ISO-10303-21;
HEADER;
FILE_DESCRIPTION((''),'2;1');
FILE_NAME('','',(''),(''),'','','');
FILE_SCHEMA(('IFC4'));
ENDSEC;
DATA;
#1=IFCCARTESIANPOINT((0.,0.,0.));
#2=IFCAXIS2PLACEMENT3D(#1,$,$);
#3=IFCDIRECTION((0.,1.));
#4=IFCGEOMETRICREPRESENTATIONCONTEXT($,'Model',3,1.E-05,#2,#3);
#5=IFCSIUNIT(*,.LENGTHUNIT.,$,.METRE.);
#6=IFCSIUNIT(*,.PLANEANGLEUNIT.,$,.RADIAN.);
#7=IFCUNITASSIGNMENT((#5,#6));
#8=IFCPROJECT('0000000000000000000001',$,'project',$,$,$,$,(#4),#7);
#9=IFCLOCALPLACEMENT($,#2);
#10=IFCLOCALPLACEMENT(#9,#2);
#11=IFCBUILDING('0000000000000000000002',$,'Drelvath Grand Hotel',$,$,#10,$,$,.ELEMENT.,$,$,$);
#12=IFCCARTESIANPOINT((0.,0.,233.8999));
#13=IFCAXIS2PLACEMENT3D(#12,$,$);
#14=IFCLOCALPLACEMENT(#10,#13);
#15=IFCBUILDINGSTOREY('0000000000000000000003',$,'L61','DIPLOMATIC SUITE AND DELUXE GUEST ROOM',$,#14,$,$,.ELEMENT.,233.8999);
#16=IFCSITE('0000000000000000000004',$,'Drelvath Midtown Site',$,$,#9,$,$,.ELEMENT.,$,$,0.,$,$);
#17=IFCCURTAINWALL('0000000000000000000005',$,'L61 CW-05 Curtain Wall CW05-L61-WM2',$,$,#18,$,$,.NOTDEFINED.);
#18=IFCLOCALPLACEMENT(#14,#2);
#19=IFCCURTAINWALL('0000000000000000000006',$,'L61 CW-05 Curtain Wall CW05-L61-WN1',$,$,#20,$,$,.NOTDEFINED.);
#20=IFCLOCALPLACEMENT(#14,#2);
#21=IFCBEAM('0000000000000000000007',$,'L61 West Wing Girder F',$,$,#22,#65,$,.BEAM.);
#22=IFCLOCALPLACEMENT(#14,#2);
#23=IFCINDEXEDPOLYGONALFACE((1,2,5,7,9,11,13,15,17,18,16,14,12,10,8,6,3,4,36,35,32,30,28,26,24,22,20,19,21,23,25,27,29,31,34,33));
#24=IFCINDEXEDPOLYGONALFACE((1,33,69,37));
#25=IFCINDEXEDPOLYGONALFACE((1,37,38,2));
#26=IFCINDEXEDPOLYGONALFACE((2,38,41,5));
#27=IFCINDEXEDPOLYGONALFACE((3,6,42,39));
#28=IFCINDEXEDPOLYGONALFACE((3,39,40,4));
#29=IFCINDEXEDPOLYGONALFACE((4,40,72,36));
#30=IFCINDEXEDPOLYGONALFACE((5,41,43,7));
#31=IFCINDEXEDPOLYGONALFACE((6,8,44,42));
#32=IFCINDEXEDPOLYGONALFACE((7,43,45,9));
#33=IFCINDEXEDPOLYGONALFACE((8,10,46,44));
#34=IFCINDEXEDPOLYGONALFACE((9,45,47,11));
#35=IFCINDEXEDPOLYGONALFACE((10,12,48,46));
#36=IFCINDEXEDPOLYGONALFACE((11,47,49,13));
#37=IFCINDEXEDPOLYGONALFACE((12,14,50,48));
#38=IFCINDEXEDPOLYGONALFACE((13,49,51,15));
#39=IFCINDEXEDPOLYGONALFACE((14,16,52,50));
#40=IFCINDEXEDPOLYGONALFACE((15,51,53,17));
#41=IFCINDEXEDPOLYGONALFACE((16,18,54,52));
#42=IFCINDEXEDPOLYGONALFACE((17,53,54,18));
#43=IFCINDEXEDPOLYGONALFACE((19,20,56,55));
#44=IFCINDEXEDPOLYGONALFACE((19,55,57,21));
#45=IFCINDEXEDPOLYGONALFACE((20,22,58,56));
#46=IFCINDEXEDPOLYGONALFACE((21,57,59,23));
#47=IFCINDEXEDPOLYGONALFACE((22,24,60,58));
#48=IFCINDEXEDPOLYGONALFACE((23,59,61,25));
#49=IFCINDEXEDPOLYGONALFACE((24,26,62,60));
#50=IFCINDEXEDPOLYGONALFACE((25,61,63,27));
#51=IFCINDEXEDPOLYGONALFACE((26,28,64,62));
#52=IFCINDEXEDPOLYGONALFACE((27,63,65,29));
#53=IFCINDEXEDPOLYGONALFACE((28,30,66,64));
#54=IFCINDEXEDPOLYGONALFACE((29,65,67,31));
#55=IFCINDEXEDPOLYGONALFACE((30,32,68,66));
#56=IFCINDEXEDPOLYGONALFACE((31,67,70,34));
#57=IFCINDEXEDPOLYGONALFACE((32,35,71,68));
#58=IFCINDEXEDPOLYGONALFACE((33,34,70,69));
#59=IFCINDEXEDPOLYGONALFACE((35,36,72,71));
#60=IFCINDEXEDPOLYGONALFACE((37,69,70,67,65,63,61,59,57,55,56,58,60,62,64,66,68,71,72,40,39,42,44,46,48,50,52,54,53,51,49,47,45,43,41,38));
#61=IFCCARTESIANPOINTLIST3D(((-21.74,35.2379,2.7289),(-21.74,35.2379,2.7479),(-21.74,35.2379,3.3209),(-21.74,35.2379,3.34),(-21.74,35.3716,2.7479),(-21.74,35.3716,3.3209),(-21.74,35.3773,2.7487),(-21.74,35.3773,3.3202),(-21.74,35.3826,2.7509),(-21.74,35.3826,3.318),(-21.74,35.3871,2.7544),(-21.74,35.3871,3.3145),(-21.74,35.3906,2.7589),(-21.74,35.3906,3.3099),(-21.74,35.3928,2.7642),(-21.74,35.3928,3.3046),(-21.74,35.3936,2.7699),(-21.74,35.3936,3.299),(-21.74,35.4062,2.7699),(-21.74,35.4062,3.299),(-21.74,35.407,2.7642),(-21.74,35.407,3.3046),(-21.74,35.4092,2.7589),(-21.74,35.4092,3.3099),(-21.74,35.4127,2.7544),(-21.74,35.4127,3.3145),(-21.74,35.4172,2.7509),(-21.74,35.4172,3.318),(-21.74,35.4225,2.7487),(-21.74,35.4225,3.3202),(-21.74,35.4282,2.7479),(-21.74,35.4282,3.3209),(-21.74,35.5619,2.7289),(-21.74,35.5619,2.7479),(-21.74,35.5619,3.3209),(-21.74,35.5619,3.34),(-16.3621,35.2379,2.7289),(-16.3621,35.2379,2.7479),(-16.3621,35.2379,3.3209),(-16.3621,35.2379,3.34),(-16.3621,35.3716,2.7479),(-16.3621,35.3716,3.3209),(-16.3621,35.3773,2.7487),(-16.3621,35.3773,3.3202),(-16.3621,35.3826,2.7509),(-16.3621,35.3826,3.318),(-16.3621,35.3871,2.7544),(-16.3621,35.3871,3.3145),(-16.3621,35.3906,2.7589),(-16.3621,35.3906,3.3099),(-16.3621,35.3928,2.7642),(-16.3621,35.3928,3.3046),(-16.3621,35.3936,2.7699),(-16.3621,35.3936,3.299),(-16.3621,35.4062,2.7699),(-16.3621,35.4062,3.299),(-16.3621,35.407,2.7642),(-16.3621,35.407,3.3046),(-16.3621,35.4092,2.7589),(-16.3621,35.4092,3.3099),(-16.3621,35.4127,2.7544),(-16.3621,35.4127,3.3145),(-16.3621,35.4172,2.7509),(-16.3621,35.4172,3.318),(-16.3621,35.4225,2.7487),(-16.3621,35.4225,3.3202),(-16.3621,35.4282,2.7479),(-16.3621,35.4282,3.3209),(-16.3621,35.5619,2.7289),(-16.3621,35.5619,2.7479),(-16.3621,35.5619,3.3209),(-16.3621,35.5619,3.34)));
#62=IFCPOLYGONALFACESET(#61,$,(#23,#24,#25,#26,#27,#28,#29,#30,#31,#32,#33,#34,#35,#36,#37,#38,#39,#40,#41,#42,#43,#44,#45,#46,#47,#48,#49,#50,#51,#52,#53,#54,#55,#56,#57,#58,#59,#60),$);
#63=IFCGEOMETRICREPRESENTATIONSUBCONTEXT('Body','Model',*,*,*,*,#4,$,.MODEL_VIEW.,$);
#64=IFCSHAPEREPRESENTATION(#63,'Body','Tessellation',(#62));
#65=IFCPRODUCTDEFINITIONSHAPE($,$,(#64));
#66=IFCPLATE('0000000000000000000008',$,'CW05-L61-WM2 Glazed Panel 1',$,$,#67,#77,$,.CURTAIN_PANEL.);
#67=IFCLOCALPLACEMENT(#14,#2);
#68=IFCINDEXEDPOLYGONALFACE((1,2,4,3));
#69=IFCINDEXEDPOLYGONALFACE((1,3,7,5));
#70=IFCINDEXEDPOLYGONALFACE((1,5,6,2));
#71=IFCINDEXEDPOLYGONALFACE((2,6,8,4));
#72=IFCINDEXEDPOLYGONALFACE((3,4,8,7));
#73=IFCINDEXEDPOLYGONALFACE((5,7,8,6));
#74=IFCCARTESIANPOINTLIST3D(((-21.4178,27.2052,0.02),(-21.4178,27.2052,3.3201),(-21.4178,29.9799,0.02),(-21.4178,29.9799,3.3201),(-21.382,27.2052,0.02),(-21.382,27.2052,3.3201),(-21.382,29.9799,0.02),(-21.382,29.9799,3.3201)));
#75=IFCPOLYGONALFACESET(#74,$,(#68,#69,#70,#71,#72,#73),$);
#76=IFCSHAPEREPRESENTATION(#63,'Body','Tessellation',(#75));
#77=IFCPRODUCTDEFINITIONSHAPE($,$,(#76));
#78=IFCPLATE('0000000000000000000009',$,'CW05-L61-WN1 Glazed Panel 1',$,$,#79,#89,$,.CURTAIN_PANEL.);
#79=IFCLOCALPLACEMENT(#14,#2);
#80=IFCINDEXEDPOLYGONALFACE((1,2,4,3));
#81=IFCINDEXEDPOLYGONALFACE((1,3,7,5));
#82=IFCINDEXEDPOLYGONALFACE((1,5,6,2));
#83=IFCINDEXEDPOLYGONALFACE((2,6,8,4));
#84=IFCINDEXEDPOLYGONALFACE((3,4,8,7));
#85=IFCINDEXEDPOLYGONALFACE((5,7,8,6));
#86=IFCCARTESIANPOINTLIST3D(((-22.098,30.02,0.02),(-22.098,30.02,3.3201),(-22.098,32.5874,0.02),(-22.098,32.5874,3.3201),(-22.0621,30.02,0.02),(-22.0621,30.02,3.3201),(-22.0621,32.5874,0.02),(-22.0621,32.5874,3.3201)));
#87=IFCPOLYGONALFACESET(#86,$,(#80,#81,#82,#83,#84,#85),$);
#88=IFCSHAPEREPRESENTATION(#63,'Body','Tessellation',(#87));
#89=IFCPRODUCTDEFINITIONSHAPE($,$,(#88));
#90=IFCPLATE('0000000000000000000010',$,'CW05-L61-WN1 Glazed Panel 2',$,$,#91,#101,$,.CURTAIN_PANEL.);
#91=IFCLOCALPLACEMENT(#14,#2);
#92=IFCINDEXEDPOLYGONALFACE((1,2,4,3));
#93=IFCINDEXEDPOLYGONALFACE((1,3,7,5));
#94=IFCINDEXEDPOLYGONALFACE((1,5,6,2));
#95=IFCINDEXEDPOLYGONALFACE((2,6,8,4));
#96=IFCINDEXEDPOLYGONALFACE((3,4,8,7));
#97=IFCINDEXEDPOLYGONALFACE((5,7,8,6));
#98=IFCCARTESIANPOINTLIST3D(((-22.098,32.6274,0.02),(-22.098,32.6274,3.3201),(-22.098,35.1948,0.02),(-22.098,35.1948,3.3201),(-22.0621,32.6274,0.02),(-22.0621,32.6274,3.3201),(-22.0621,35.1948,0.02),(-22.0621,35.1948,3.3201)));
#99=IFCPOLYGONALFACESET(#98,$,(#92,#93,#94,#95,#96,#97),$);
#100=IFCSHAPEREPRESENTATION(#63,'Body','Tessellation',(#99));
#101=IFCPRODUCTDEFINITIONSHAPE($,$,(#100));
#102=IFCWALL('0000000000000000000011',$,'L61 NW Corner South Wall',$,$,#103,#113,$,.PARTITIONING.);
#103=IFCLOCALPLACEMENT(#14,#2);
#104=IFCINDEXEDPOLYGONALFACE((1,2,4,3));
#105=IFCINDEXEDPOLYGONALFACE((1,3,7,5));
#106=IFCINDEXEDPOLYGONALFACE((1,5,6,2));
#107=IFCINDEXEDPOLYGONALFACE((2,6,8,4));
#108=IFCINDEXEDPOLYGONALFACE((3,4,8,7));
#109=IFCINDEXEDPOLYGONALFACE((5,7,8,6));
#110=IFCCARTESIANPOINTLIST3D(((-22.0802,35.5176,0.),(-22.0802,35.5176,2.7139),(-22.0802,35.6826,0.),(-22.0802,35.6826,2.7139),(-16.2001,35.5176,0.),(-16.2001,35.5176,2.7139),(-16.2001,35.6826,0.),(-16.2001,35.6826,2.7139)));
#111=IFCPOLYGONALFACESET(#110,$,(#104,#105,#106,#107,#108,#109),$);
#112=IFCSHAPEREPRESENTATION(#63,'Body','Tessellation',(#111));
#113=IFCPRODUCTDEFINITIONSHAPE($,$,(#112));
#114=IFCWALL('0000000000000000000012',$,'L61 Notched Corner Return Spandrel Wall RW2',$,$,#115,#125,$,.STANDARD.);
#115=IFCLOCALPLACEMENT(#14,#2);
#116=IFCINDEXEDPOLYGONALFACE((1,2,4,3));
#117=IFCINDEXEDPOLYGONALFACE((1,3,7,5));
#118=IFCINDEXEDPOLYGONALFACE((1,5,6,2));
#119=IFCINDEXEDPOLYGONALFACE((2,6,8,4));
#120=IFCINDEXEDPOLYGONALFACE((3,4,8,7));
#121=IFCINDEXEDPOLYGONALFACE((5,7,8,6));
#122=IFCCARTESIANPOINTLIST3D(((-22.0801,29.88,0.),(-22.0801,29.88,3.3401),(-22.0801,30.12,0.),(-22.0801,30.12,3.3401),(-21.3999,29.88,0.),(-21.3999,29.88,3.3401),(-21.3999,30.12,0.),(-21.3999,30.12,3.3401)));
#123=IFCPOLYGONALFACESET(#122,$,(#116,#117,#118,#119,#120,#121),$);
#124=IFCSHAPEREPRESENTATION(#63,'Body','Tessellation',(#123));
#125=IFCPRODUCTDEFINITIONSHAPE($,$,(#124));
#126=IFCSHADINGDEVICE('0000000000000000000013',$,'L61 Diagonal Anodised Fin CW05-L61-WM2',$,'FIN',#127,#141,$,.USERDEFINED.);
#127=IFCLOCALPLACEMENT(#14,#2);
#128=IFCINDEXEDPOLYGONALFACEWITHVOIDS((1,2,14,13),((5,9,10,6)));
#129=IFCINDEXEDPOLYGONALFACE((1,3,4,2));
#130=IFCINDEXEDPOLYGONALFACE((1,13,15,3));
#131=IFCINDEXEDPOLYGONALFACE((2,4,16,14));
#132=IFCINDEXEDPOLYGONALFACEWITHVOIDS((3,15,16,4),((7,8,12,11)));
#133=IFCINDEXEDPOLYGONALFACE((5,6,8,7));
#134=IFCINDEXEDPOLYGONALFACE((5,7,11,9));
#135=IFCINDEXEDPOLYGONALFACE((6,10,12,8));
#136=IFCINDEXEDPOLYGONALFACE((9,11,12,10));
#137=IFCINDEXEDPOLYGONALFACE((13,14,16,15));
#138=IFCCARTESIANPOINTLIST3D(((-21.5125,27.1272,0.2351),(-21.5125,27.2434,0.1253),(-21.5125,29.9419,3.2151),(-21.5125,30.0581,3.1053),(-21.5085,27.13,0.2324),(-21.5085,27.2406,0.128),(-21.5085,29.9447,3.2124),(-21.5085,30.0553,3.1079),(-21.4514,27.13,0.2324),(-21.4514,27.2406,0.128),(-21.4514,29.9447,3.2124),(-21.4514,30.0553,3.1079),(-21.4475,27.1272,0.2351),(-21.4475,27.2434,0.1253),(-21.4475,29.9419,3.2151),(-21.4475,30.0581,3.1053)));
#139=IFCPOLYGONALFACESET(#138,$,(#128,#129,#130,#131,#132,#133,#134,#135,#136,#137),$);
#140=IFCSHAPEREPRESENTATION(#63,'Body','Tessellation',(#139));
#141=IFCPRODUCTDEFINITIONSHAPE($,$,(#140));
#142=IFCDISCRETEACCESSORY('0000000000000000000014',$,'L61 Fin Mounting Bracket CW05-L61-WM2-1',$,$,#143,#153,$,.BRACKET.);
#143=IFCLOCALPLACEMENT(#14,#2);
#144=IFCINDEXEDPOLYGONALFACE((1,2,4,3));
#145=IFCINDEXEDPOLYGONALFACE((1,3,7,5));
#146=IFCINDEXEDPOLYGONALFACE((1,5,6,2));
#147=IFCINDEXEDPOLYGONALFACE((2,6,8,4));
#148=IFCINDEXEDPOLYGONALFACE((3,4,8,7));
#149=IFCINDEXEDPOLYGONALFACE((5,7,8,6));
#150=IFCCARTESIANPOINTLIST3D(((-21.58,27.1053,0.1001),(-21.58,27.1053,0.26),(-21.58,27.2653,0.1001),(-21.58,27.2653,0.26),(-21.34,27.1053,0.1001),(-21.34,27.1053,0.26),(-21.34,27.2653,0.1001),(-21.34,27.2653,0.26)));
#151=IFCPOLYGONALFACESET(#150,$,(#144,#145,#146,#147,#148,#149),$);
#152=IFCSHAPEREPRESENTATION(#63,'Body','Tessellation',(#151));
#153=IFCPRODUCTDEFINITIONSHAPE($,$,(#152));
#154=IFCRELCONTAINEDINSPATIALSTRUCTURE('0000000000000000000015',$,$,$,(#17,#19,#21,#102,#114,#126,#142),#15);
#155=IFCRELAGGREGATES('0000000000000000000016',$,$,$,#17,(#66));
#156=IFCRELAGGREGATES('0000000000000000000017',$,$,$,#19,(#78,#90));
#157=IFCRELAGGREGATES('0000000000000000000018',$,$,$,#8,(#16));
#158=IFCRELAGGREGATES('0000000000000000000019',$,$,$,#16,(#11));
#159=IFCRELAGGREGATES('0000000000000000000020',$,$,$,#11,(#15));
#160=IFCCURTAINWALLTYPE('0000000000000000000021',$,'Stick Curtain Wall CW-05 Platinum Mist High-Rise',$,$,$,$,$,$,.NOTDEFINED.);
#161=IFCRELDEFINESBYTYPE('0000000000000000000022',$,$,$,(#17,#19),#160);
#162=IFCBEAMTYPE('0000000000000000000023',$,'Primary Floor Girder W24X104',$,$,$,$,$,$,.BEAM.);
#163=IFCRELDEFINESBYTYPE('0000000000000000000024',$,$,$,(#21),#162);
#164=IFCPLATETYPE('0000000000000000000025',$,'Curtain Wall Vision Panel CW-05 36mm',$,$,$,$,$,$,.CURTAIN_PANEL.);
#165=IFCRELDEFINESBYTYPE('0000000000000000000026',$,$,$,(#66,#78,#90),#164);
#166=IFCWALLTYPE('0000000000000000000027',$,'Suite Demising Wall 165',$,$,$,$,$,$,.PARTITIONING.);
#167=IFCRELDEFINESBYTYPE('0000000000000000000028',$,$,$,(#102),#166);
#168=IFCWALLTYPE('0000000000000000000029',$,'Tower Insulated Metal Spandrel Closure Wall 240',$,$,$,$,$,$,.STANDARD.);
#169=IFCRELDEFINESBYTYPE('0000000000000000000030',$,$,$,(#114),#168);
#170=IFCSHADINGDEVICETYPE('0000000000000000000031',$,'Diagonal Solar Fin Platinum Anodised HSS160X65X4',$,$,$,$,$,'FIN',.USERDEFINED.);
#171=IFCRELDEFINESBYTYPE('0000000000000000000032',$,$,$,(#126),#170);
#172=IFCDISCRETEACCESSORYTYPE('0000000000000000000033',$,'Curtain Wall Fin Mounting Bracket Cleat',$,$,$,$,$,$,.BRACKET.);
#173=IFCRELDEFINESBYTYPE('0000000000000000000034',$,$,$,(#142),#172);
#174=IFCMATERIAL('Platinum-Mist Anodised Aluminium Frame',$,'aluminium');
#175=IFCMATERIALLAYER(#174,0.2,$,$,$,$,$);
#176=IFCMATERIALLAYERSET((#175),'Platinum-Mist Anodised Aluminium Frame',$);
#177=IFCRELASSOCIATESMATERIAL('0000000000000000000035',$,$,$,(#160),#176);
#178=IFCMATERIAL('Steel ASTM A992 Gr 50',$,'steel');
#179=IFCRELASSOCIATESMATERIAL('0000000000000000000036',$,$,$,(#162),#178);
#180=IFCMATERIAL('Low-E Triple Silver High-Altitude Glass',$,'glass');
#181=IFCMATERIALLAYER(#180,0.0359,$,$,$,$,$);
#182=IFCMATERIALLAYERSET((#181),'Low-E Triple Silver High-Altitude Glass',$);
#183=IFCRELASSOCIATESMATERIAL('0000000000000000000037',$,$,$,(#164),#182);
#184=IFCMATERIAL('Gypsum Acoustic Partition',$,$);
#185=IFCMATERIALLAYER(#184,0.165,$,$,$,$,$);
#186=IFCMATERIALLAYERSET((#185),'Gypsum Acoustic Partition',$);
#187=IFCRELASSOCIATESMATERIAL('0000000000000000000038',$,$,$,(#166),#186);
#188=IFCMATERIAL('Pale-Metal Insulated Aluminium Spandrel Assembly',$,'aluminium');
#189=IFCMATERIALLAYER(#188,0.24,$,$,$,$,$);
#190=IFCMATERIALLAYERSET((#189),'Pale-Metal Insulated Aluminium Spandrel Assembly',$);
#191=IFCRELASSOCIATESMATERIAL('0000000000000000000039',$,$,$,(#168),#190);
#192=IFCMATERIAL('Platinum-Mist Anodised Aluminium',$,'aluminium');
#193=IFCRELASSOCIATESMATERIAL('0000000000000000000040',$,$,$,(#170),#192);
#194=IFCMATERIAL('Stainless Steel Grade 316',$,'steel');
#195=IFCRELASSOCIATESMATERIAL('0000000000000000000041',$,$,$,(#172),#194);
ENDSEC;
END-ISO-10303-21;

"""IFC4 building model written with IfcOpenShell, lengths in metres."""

from ifc_helpers import new_model, si_unit, direction, frame, frame_2d, origin, origin_2d, place, context, subcontext, project, spatial, rectangle, hollow_rectangle, i_section, extrude, material, layer, layer_set, material_profile, profile_set, type_object, element, aggregate, save


model = new_model("IFC4")

# Units and contexts
model_context = context("Model", 3, precision=1e-05, world=origin(), true_north=direction((0.0, 1.0)))
body_context = subcontext(model_context, "Body", "Model", "MODEL_VIEW")
ifc_project = project(units=[si_unit("LENGTHUNIT", "METRE"), si_unit("PLANEANGLEUNIT", "RADIAN")], contexts=[model_context])

# Site, building, storey
site_placement = place(None, origin())
site = spatial("IfcSite", under=ifc_project, at=site_placement, Name="Drelvath Midtown Site", CompositionType="ELEMENT", RefElevation=0.0)
building_placement = place(site_placement, origin())
building = spatial("IfcBuilding", under=site, at=building_placement, Name="Drelvath Grand Hotel", CompositionType="ELEMENT")
storey_placement = place(building_placement, frame((0.0, 0.0, 233.8999)))
storey = spatial("IfcBuildingStorey", under=building, at=storey_placement, Name="L61", Description="DIPLOMATIC SUITE AND DELUXE GUEST ROOM", CompositionType="ELEMENT", Elevation=233.8999)

# Curtain walls
ifc_material_1 = material(Name="Platinum-Mist Anodised Aluminium Frame", Category="aluminium")
ifc_layer_1 = layer(ifc_material_1, 0.2)
ifc_layer_set_1 = layer_set([ifc_layer_1], Name="Platinum-Mist Anodised Aluminium Frame")
curtain_wall_type = type_object("IfcCurtainWallType", Name="Stick Curtain Wall CW-05 Platinum Mist High-Rise", PredefinedType="NOTDEFINED", material=ifc_layer_set_1)
curtain_wall_1_placement = place(storey_placement, origin())
curtain_wall_1 = element("IfcCurtainWall", 1, at=curtain_wall_1_placement, inside=storey, type_object=curtain_wall_type, Name="L61 CW-05 Curtain Wall CW05-L61-WM2", PredefinedType="NOTDEFINED")
curtain_wall_2_placement = place(storey_placement, origin())
curtain_wall_2 = element("IfcCurtainWall", 2, at=curtain_wall_2_placement, inside=storey, type_object=curtain_wall_type, Name="L61 CW-05 Curtain Wall CW05-L61-WN1", PredefinedType="NOTDEFINED")

# Beam
ifc_material_2 = material(Name="Steel ASTM A992 Gr 50", Category="steel")
ifc_material_profile_1 = material_profile(ifc_material_2, i_section(OverallWidth=0.324, OverallDepth=0.6111, WebThickness=0.0127, FlangeThickness=0.019, FilletRadius=0.022, at=origin_2d()), Name="W24X104")
ifc_profile_set_1 = profile_set([ifc_material_profile_1], Name="Steel ASTM A992 Gr 50")
beam_type_1 = type_object("IfcBeamType", Name="Primary Floor Girder W24X104", PredefinedType="BEAM", material=ifc_profile_set_1)
beam_1_placement = place(storey_placement, frame((-21.74, 35.3999, 3.0344), z_axis=(1.0, 0.0, 0.0), x_axis=(0.0, 1.0, 0.0)))
element("IfcBeam", 3, at=beam_1_placement, inside=storey, type_object=beam_type_1, Name="L61 West Wing Girder F", PredefinedType="BEAM", context=body_context, shape_type="SweptSolid", body=[
    extrude(i_section(OverallWidth=0.324, OverallDepth=0.6111, WebThickness=0.0127, FlangeThickness=0.019, FilletRadius=0.022, at=origin_2d()), origin(), (0.0, 0.0, 1.0), 5.3779),
])

# Plates
ifc_material_3 = material(Name="Low-E Triple Silver High-Altitude Glass", Category="glass")
ifc_layer_2 = layer(ifc_material_3, 0.0359)
ifc_layer_set_2 = layer_set([ifc_layer_2], Name="Low-E Triple Silver High-Altitude Glass")
plate_type = type_object("IfcPlateType", Name="Curtain Wall Vision Panel CW-05 36mm", PredefinedType="CURTAIN_PANEL", material=ifc_layer_set_2)
plate_1_placement = place(storey_placement, frame((-21.3999, 28.5925, 0.02), z_axis=(0.0, 0.0, 1.0), x_axis=(0.0, 1.0, 0.0)))
plate_1 = element("IfcPlate", 4, at=plate_1_placement, type_object=plate_type, Name="CW05-L61-WM2 Glazed Panel 1", PredefinedType="CURTAIN_PANEL", context=body_context, shape_type="SweptSolid", body=[
    extrude(rectangle(XDim=2.7747, YDim=0.0359, at=origin_2d()), origin(), (0.0, 0.0, 1.0), 3.3),
])
aggregate(curtain_wall_1, [plate_1])
plate_2_placement = place(storey_placement, frame((-22.0801, 31.3037, 0.02), z_axis=(0.0, 0.0, 1.0), x_axis=(0.0, 1.0, 0.0)))
plate_2 = element("IfcPlate", 5, at=plate_2_placement, type_object=plate_type, Name="CW05-L61-WN1 Glazed Panel 1", PredefinedType="CURTAIN_PANEL", context=body_context, shape_type="SweptSolid", body=[
    extrude(rectangle(XDim=2.5674, YDim=0.0359, at=origin_2d()), origin(), (0.0, 0.0, 1.0), 3.3),
])
plate_3_placement = place(storey_placement, frame((-22.0801, 33.9111, 0.02), z_axis=(0.0, 0.0, 1.0), x_axis=(0.0, 1.0, 0.0)))
plate_3 = element("IfcPlate", 6, at=plate_3_placement, type_object=plate_type, Name="CW05-L61-WN1 Glazed Panel 2", PredefinedType="CURTAIN_PANEL", context=body_context, shape_type="SweptSolid", body=[
    extrude(rectangle(XDim=2.5674, YDim=0.0359, at=origin_2d()), origin(), (0.0, 0.0, 1.0), 3.3),
])
aggregate(curtain_wall_2, [plate_2, plate_3])

# Walls
ifc_material_4 = material(Name="Gypsum Acoustic Partition")
ifc_layer_3 = layer(ifc_material_4, 0.165)
ifc_layer_set_3 = layer_set([ifc_layer_3], Name="Gypsum Acoustic Partition")
wall_type_1 = type_object("IfcWallType", Name="Suite Demising Wall 165", PredefinedType="PARTITIONING", material=ifc_layer_set_3)
wall_1_placement = place(storey_placement, frame((-22.0801, 35.6001, 0.0), z_axis=(0.0, 0.0, 1.0), x_axis=(1.0, 0.0, 0.0)))
element("IfcWall", 7, at=wall_1_placement, inside=storey, type_object=wall_type_1, Name="L61 NW Corner South Wall", PredefinedType="PARTITIONING", context=body_context, shape_type="SweptSolid", body=[
    extrude(rectangle(XDim=5.8801, YDim=0.165, at=frame_2d((2.9399, 0.0))), origin(), (0.0, 0.0, 1.0), 2.7139),
])
ifc_material_5 = material(Name="Pale-Metal Insulated Aluminium Spandrel Assembly", Category="aluminium")
ifc_layer_4 = layer(ifc_material_5, 0.24)
ifc_layer_set_4 = layer_set([ifc_layer_4], Name="Pale-Metal Insulated Aluminium Spandrel Assembly")
wall_type_2 = type_object("IfcWallType", Name="Tower Insulated Metal Spandrel Closure Wall 240", PredefinedType="STANDARD", material=ifc_layer_set_4)
wall_2_placement = place(storey_placement, frame((-21.3999, 30.0, 0.0), z_axis=(0.0, 0.0, 1.0), x_axis=(-1.0, 0.0, 0.0)))
element("IfcWall", 8, at=wall_2_placement, inside=storey, type_object=wall_type_2, Name="L61 Notched Corner Return Spandrel Wall RW2", PredefinedType="STANDARD", context=body_context, shape_type="SweptSolid", body=[
    extrude(rectangle(XDim=0.6802, YDim=0.24, at=frame_2d((0.3401, 0.0))), origin(), (0.0, 0.0, 1.0), 3.3401),
])

# Shading device
ifc_material_6 = material(Name="Platinum-Mist Anodised Aluminium", Category="aluminium")
ifc_material_profile_2 = material_profile(ifc_material_6, hollow_rectangle(XDim=0.0649, YDim=0.1599, WallThickness=0.0039, at=origin_2d()), Name="HSS160X65X4")
ifc_profile_set_2 = profile_set([ifc_material_profile_2], Name="Platinum-Mist Anodised Aluminium")
shading_device_type = type_object("IfcShadingDeviceType", Name="Diagonal Solar Fin Platinum Anodised HSS160X65X4", ElementType="FIN", PredefinedType="USERDEFINED", material=ifc_profile_set_2)
shading_device_placement = place(storey_placement, frame((-21.48, 27.1853, 0.1802), z_axis=(0.0, 0.686659, 0.72698), x_axis=(-1.0, 0.0, 0.0)))
element("IfcShadingDevice", 9, at=shading_device_placement, inside=storey, type_object=shading_device_type, Name="L61 Diagonal Anodised Fin CW05-L61-WM2", ObjectType="FIN", PredefinedType="USERDEFINED", context=body_context, shape_type="SweptSolid", body=[
    extrude(hollow_rectangle(XDim=0.0649, YDim=0.1599, WallThickness=0.0039, at=origin_2d()), origin(), (0.0, 0.0, 1.0), 4.0991),
])

# Discrete accessory
ifc_material_7 = material(Name="Stainless Steel Grade 316", Category="steel")
discrete_accessory_type = type_object("IfcDiscreteAccessoryType", Name="Curtain Wall Fin Mounting Bracket Cleat", PredefinedType="BRACKET", material=ifc_material_7)
discrete_accessory_placement = place(storey_placement, frame((-21.46, 27.1853, 0.1001), z_axis=(0.0, 0.0, 1.0), x_axis=(0.0, 1.0, 0.0)))
element("IfcDiscreteAccessory", 10, at=discrete_accessory_placement, inside=storey, type_object=discrete_accessory_type, Name="L61 Fin Mounting Bracket CW05-L61-WM2-1", PredefinedType="BRACKET", context=body_context, shape_type="SweptSolid", body=[
    extrude(rectangle(XDim=0.1599, YDim=0.24, at=origin_2d()), origin(), (0.0, 0.0, 1.0), 0.1599),
])

save(model, "model.ifc")
